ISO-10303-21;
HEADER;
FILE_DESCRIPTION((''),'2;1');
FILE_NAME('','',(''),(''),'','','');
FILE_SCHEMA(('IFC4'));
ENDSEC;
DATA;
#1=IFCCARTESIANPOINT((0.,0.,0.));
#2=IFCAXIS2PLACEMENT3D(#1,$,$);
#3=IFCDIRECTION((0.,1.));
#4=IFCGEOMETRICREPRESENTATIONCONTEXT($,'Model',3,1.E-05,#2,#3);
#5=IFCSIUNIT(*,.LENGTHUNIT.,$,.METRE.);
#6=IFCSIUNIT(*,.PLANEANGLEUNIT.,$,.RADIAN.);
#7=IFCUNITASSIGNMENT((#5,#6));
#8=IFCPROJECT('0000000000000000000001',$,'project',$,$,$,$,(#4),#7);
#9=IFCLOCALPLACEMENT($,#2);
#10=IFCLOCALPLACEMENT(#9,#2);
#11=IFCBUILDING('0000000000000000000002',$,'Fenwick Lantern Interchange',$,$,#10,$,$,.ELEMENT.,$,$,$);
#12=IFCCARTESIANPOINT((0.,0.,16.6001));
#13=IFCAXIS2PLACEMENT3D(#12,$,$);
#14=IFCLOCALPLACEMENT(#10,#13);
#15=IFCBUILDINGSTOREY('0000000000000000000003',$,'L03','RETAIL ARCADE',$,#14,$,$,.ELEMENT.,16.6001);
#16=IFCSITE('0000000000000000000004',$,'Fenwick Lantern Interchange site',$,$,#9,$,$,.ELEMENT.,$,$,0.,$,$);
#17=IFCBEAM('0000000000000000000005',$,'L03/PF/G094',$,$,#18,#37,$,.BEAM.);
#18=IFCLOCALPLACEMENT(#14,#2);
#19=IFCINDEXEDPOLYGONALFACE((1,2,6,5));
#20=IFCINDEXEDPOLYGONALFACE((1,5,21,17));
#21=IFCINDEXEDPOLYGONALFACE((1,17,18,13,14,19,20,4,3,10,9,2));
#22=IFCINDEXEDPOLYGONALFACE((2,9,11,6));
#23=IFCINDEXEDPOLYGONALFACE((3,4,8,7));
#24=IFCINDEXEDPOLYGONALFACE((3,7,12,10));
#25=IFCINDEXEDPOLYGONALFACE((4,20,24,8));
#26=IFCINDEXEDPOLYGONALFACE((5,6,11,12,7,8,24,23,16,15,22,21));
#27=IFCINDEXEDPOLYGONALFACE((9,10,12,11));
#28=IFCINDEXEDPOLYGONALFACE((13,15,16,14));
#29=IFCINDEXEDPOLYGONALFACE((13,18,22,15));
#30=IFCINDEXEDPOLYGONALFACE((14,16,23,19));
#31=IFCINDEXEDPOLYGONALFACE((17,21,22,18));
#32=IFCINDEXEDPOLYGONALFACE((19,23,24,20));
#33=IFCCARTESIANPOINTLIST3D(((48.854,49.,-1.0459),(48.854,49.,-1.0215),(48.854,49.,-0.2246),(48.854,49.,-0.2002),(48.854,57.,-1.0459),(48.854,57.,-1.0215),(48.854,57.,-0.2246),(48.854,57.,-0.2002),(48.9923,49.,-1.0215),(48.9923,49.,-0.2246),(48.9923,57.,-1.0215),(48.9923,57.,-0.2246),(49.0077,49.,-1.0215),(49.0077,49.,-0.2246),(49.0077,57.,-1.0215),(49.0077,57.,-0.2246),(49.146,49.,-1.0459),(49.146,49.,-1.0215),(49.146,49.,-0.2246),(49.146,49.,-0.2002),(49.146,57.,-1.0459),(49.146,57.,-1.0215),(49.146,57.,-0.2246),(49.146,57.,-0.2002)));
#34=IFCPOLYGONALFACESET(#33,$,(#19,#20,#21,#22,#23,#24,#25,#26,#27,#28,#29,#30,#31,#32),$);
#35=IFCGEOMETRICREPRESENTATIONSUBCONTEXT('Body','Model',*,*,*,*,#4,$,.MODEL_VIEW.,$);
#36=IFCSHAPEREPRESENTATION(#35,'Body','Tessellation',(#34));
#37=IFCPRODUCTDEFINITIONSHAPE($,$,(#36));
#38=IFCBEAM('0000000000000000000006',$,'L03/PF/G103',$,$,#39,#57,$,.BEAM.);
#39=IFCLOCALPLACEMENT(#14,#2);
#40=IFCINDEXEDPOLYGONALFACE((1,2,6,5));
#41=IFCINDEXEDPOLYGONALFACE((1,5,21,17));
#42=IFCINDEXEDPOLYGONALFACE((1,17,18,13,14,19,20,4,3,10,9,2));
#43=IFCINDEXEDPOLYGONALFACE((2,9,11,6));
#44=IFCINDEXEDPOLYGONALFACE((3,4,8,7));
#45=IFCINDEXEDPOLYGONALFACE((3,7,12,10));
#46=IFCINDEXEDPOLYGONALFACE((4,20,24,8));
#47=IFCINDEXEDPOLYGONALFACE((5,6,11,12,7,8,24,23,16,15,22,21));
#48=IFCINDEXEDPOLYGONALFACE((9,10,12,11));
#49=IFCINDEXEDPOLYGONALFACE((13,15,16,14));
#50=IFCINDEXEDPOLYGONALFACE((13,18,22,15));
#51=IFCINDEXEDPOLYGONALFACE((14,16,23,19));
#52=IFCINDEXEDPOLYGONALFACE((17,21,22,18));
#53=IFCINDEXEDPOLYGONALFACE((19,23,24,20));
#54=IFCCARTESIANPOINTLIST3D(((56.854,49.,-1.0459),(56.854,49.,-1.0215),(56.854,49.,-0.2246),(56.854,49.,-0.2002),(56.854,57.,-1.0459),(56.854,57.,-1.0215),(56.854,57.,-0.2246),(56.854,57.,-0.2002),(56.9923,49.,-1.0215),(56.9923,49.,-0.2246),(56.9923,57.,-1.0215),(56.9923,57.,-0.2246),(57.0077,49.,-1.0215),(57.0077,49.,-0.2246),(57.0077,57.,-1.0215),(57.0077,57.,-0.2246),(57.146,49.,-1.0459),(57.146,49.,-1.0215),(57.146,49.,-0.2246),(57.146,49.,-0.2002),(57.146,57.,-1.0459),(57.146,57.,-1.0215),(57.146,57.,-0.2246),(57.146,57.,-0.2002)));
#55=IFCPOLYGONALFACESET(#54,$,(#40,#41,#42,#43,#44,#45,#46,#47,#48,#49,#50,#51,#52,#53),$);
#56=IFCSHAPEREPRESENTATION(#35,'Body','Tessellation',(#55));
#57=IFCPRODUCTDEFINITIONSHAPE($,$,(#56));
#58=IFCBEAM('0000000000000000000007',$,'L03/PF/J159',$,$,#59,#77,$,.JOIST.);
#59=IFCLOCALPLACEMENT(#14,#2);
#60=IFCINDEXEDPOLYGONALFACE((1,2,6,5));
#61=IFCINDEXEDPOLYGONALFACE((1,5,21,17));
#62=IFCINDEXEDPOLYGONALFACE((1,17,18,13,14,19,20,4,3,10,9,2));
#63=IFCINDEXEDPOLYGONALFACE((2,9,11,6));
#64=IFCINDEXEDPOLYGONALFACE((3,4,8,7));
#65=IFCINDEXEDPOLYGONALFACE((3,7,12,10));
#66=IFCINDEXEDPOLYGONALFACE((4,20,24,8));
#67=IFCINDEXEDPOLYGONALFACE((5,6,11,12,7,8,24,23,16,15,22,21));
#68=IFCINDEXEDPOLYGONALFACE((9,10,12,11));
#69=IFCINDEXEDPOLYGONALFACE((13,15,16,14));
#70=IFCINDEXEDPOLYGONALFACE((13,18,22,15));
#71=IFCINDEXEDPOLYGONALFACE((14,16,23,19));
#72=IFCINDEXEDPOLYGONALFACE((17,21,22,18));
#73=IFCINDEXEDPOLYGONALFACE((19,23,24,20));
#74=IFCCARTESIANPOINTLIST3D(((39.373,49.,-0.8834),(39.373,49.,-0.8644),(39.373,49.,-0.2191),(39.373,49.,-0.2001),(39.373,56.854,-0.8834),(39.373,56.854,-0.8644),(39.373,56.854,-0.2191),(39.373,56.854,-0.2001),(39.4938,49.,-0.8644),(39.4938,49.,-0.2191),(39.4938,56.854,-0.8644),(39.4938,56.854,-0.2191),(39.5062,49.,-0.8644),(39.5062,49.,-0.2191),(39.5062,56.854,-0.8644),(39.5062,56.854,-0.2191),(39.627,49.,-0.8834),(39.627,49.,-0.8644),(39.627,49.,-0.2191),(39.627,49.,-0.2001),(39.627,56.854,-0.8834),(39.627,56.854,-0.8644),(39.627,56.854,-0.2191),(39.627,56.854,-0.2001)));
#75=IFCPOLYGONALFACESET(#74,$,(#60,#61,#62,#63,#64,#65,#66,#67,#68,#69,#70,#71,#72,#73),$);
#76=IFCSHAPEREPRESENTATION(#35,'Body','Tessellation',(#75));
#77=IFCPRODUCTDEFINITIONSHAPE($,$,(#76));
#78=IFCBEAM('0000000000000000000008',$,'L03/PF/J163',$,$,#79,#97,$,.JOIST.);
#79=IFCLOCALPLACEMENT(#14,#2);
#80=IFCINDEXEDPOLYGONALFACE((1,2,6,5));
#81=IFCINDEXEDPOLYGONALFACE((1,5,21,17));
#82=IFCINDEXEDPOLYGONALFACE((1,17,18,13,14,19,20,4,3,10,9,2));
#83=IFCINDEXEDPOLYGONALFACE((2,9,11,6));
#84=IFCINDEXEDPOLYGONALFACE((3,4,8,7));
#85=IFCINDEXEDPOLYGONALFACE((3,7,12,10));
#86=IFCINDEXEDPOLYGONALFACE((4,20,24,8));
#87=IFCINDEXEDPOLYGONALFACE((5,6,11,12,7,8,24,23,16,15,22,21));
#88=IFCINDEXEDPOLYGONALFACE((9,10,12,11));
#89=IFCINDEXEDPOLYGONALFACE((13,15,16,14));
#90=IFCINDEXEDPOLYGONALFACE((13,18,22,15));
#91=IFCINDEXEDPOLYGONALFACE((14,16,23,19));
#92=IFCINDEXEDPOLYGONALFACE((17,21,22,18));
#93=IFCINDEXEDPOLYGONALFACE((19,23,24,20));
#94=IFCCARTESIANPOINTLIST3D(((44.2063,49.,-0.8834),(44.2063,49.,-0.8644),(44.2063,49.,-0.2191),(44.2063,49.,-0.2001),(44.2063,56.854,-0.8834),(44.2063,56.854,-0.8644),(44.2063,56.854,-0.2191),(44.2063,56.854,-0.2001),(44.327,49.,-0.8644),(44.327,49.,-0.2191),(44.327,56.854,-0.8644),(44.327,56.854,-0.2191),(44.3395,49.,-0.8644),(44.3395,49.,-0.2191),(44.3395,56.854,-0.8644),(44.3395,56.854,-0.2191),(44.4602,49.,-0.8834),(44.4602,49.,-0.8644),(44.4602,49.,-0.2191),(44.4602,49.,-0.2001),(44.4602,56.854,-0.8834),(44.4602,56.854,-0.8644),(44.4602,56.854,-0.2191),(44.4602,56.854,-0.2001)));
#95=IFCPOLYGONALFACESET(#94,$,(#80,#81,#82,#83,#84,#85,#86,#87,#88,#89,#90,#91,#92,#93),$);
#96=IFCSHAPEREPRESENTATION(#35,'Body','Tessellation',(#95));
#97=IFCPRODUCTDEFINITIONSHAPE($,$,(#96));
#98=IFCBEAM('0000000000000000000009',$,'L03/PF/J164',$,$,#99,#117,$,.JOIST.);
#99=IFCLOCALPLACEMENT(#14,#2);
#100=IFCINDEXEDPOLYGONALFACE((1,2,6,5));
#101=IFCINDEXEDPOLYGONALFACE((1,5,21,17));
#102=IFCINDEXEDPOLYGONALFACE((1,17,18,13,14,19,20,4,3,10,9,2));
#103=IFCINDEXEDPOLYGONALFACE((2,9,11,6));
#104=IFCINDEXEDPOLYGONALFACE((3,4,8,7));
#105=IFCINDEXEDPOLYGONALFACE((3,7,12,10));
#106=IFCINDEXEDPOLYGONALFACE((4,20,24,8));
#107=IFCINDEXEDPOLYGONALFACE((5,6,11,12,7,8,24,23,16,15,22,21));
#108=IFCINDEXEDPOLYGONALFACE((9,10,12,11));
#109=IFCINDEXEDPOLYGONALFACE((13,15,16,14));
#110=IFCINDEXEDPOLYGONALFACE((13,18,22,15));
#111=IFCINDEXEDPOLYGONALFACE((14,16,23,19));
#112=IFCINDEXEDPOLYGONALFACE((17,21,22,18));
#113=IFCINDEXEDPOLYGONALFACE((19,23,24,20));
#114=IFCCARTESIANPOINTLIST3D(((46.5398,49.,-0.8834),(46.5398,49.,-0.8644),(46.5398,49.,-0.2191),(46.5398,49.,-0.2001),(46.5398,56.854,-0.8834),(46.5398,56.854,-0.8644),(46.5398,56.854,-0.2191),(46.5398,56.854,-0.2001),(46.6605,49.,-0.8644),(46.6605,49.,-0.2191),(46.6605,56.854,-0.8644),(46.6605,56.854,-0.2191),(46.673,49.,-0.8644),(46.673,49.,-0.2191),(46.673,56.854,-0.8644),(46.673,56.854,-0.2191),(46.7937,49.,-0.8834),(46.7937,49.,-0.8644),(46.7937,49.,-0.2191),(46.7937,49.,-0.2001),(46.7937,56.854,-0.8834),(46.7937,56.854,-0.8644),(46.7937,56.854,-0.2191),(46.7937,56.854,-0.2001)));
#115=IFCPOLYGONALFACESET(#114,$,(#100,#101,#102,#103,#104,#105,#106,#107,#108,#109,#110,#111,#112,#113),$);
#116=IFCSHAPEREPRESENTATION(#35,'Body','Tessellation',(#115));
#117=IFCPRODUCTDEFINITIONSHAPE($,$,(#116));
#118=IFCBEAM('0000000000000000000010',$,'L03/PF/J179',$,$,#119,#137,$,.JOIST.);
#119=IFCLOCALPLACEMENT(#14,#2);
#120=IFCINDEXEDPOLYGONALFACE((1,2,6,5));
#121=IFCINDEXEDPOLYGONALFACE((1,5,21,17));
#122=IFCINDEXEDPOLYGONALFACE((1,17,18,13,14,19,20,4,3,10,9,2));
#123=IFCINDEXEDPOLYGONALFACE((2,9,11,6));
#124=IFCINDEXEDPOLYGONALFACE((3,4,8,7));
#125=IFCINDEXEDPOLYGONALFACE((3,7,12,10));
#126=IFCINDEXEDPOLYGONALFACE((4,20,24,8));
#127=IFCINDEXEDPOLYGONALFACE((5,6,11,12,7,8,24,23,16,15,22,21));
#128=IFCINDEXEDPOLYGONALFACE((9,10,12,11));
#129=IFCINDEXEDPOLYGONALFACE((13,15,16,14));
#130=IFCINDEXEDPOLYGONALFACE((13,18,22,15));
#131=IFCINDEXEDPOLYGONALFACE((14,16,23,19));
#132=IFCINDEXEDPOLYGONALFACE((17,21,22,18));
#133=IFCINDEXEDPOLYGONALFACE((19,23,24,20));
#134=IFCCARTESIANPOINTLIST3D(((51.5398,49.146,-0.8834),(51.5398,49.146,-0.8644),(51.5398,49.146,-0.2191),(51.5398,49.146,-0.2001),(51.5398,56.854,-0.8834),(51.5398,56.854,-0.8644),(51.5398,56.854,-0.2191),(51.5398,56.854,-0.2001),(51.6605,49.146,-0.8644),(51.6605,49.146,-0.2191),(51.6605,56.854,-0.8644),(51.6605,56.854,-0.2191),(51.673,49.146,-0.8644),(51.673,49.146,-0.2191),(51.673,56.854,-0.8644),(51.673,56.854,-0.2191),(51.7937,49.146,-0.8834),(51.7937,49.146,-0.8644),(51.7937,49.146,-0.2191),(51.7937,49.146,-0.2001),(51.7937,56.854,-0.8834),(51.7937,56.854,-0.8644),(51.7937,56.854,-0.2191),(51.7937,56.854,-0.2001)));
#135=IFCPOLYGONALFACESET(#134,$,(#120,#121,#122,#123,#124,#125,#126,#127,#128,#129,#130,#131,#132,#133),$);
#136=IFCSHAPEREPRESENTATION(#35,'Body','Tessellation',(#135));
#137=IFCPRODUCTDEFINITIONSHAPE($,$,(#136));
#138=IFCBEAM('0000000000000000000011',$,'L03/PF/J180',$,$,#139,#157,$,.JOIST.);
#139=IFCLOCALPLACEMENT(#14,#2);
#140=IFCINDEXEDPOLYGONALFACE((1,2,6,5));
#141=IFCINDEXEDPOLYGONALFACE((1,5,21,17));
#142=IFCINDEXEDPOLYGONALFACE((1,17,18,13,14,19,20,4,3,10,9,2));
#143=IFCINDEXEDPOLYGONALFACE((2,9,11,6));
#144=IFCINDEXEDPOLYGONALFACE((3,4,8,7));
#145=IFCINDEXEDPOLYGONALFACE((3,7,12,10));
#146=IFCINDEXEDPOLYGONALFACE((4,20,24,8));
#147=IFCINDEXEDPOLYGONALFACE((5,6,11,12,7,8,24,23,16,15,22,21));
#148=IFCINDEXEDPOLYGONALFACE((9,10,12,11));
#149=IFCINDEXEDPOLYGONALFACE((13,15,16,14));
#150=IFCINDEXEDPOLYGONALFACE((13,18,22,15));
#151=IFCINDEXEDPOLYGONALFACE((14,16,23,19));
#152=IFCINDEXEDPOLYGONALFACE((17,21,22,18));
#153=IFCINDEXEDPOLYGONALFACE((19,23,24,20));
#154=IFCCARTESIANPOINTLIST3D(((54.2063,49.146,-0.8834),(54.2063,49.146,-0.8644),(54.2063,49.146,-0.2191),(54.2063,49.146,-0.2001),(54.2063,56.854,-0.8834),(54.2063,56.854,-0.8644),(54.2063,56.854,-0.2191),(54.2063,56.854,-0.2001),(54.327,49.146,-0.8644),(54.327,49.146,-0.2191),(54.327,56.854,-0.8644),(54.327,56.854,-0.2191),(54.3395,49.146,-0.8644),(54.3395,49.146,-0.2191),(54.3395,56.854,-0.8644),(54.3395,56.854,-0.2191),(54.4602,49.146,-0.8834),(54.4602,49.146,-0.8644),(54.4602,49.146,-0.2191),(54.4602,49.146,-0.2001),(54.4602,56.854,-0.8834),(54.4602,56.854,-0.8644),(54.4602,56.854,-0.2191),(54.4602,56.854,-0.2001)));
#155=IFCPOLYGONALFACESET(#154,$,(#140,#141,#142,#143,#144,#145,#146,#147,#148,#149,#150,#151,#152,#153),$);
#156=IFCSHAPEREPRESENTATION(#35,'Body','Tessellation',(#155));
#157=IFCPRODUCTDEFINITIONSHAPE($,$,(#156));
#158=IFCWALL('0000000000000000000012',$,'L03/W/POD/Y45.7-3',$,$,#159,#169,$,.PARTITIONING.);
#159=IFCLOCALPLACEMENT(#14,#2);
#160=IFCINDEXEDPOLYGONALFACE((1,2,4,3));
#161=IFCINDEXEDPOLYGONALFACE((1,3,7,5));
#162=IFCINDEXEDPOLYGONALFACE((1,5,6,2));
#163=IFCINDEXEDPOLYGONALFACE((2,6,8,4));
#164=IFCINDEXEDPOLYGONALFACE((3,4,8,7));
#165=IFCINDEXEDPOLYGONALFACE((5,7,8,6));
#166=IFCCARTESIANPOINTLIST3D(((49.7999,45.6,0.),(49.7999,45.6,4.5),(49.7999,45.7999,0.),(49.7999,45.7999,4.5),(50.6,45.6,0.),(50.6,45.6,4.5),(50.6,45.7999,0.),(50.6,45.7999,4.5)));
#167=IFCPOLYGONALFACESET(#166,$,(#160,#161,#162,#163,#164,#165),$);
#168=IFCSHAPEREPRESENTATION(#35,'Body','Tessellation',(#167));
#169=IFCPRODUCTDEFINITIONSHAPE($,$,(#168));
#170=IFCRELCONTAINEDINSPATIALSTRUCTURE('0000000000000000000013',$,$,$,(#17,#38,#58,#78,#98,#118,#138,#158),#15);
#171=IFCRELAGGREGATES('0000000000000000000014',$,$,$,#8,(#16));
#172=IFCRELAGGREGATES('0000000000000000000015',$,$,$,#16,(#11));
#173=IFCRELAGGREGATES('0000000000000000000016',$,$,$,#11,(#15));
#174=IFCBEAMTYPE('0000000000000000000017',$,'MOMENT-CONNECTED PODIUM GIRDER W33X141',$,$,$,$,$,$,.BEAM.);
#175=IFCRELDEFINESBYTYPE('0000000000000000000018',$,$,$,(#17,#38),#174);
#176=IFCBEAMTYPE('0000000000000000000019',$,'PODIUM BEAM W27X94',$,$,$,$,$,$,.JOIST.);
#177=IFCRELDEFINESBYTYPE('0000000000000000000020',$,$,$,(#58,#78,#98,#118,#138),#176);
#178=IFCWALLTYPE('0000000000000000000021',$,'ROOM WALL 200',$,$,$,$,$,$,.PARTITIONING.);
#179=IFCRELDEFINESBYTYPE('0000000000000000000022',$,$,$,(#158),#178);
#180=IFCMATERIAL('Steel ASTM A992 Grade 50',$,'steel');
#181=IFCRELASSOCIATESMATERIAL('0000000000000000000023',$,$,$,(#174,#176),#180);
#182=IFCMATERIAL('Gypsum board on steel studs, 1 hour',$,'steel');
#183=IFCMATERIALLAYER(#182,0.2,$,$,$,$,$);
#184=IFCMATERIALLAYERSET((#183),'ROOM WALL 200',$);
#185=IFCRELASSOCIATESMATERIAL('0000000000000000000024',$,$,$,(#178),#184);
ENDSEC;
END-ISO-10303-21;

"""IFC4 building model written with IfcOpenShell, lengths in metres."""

from ifc_helpers import new_model, si_unit, direction, frame, frame_2d, origin, origin_2d, place, context, subcontext, project, spatial, rectangle, i_section, extrude, material, layer, layer_set, material_profile, profile_set, type_object, element, save


model = new_model("IFC4")

# Units and contexts
model_context = context("Model", 3, precision=1e-05, world=origin(), true_north=direction((0.0, 1.0)))
body_context = subcontext(model_context, "Body", "Model", "MODEL_VIEW")
ifc_project = project(units=[si_unit("LENGTHUNIT", "METRE"), si_unit("PLANEANGLEUNIT", "RADIAN")], contexts=[model_context])

# Site, building, storey
site_placement = place(None, origin())
site = spatial("IfcSite", under=ifc_project, at=site_placement, Name="Fenwick Lantern Interchange site", CompositionType="ELEMENT", RefElevation=0.0)
building_placement = place(site_placement, origin())
building = spatial("IfcBuilding", under=site, at=building_placement, Name="Fenwick Lantern Interchange", CompositionType="ELEMENT")
storey_placement = place(building_placement, frame((0.0, 0.0, 16.6001)))
storey = spatial("IfcBuildingStorey", under=building, at=storey_placement, Name="L03", Description="RETAIL ARCADE", CompositionType="ELEMENT", Elevation=16.6001)

# Shared definitions
ifc_material_1 = material(Name="Steel ASTM A992 Grade 50", Category="steel")

# Beams
ifc_material_profile_1 = material_profile(ifc_material_1, i_section(OverallWidth=0.292, OverallDepth=0.8457, WebThickness=0.0154, FlangeThickness=0.0244, at=origin_2d()), Name="W33X141")
ifc_profile_set_1 = profile_set([ifc_material_profile_1], Name="Steel ASTM A992 Grade 50")
beam_type_1 = type_object("IfcBeamType", Name="MOMENT-CONNECTED PODIUM GIRDER W33X141", PredefinedType="BEAM", material=ifc_profile_set_1)
for number, where, z_axis, x_axis, name in (
    (1, (49.0, 49.0, -0.623), (0.0, 1.0, 0.0), (-1.0, 0.0, 0.0), "L03/PF/G094"),
    (2, (57.0, 49.0, -0.623), (0.0, 1.0, 0.0), (-1.0, 0.0, 0.0), "L03/PF/G103"),
):
    element("IfcBeam", number, at=place(storey_placement, frame(where, z_axis=z_axis, x_axis=x_axis)), inside=storey, type_object=beam_type_1, Name=name, PredefinedType="BEAM", context=body_context, shape_type="SweptSolid", body=[
        extrude(i_section(OverallWidth=0.292, OverallDepth=0.8457, WebThickness=0.0154, FlangeThickness=0.0244, at=origin_2d()), origin(), (0.0, 0.0, 1.0), 8.0),
    ])
ifc_material_profile_2 = material_profile(ifc_material_1, i_section(OverallWidth=0.2539, OverallDepth=0.6833, WebThickness=0.0125, FlangeThickness=0.019, at=origin_2d()), Name="W27X94")
ifc_profile_set_2 = profile_set([ifc_material_profile_2], Name="Steel ASTM A992 Grade 50")
beam_type_2 = type_object("IfcBeamType", Name="PODIUM BEAM W27X94", PredefinedType="JOIST", material=ifc_profile_set_2)
for number, where, z_axis, x_axis, name in (
    (3, (39.5, 49.0, -0.5417), (0.0, 1.0, 0.0), (-1.0, 0.0, 0.0), "L03/PF/J159"),
    (4, (44.3333, 49.0, -0.5417), (0.0, 1.0, 0.0), (-1.0, 0.0, 0.0), "L03/PF/J163"),
    (5, (46.6667, 49.0, -0.5417), (0.0, 1.0, 0.0), (-1.0, 0.0, 0.0), "L03/PF/J164"),
):
    element("IfcBeam", number, at=place(storey_placement, frame(where, z_axis=z_axis, x_axis=x_axis)), inside=storey, type_object=beam_type_2, Name=name, PredefinedType="JOIST", context=body_context, shape_type="SweptSolid", body=[
        extrude(i_section(OverallWidth=0.2539, OverallDepth=0.6833, WebThickness=0.0125, FlangeThickness=0.019, at=origin_2d()), origin(), (0.0, 0.0, 1.0), 7.854),
    ])
for number, where, z_axis, x_axis, name in (
    (6, (51.6667, 49.146, -0.5417), (0.0, 1.0, 0.0), (-1.0, 0.0, 0.0), "L03/PF/J179"),
    (7, (54.3333, 49.146, -0.5417), (0.0, 1.0, 0.0), (-1.0, 0.0, 0.0), "L03/PF/J180"),
):
    element("IfcBeam", number, at=place(storey_placement, frame(where, z_axis=z_axis, x_axis=x_axis)), inside=storey, type_object=beam_type_2, Name=name, PredefinedType="JOIST", context=body_context, shape_type="SweptSolid", body=[
        extrude(i_section(OverallWidth=0.2539, OverallDepth=0.6833, WebThickness=0.0125, FlangeThickness=0.019, at=origin_2d()), origin(), (0.0, 0.0, 1.0), 7.708),
    ])

# Wall
ifc_material_2 = material(Name="Gypsum board on steel studs, 1 hour", Category="steel")
ifc_layer = layer(ifc_material_2, 0.2)
ifc_layer_set = layer_set([ifc_layer], Name="ROOM WALL 200")
wall_type = type_object("IfcWallType", Name="ROOM WALL 200", PredefinedType="PARTITIONING", material=ifc_layer_set)
wall_placement = place(storey_placement, frame((49.8, 45.7, 0.0), z_axis=(0.0, 0.0, 1.0), x_axis=(1.0, 0.0, 0.0)))
element("IfcWall", 8, at=wall_placement, inside=storey, type_object=wall_type, Name="L03/W/POD/Y45.7-3", PredefinedType="PARTITIONING", context=body_context, shape_type="SweptSolid", body=[
    extrude(rectangle(XDim=0.8, YDim=0.2, at=frame_2d((0.3999, 0.0))), origin(), (0.0, 0.0, 1.0), 4.5),
])

save(model, "model.ifc")
